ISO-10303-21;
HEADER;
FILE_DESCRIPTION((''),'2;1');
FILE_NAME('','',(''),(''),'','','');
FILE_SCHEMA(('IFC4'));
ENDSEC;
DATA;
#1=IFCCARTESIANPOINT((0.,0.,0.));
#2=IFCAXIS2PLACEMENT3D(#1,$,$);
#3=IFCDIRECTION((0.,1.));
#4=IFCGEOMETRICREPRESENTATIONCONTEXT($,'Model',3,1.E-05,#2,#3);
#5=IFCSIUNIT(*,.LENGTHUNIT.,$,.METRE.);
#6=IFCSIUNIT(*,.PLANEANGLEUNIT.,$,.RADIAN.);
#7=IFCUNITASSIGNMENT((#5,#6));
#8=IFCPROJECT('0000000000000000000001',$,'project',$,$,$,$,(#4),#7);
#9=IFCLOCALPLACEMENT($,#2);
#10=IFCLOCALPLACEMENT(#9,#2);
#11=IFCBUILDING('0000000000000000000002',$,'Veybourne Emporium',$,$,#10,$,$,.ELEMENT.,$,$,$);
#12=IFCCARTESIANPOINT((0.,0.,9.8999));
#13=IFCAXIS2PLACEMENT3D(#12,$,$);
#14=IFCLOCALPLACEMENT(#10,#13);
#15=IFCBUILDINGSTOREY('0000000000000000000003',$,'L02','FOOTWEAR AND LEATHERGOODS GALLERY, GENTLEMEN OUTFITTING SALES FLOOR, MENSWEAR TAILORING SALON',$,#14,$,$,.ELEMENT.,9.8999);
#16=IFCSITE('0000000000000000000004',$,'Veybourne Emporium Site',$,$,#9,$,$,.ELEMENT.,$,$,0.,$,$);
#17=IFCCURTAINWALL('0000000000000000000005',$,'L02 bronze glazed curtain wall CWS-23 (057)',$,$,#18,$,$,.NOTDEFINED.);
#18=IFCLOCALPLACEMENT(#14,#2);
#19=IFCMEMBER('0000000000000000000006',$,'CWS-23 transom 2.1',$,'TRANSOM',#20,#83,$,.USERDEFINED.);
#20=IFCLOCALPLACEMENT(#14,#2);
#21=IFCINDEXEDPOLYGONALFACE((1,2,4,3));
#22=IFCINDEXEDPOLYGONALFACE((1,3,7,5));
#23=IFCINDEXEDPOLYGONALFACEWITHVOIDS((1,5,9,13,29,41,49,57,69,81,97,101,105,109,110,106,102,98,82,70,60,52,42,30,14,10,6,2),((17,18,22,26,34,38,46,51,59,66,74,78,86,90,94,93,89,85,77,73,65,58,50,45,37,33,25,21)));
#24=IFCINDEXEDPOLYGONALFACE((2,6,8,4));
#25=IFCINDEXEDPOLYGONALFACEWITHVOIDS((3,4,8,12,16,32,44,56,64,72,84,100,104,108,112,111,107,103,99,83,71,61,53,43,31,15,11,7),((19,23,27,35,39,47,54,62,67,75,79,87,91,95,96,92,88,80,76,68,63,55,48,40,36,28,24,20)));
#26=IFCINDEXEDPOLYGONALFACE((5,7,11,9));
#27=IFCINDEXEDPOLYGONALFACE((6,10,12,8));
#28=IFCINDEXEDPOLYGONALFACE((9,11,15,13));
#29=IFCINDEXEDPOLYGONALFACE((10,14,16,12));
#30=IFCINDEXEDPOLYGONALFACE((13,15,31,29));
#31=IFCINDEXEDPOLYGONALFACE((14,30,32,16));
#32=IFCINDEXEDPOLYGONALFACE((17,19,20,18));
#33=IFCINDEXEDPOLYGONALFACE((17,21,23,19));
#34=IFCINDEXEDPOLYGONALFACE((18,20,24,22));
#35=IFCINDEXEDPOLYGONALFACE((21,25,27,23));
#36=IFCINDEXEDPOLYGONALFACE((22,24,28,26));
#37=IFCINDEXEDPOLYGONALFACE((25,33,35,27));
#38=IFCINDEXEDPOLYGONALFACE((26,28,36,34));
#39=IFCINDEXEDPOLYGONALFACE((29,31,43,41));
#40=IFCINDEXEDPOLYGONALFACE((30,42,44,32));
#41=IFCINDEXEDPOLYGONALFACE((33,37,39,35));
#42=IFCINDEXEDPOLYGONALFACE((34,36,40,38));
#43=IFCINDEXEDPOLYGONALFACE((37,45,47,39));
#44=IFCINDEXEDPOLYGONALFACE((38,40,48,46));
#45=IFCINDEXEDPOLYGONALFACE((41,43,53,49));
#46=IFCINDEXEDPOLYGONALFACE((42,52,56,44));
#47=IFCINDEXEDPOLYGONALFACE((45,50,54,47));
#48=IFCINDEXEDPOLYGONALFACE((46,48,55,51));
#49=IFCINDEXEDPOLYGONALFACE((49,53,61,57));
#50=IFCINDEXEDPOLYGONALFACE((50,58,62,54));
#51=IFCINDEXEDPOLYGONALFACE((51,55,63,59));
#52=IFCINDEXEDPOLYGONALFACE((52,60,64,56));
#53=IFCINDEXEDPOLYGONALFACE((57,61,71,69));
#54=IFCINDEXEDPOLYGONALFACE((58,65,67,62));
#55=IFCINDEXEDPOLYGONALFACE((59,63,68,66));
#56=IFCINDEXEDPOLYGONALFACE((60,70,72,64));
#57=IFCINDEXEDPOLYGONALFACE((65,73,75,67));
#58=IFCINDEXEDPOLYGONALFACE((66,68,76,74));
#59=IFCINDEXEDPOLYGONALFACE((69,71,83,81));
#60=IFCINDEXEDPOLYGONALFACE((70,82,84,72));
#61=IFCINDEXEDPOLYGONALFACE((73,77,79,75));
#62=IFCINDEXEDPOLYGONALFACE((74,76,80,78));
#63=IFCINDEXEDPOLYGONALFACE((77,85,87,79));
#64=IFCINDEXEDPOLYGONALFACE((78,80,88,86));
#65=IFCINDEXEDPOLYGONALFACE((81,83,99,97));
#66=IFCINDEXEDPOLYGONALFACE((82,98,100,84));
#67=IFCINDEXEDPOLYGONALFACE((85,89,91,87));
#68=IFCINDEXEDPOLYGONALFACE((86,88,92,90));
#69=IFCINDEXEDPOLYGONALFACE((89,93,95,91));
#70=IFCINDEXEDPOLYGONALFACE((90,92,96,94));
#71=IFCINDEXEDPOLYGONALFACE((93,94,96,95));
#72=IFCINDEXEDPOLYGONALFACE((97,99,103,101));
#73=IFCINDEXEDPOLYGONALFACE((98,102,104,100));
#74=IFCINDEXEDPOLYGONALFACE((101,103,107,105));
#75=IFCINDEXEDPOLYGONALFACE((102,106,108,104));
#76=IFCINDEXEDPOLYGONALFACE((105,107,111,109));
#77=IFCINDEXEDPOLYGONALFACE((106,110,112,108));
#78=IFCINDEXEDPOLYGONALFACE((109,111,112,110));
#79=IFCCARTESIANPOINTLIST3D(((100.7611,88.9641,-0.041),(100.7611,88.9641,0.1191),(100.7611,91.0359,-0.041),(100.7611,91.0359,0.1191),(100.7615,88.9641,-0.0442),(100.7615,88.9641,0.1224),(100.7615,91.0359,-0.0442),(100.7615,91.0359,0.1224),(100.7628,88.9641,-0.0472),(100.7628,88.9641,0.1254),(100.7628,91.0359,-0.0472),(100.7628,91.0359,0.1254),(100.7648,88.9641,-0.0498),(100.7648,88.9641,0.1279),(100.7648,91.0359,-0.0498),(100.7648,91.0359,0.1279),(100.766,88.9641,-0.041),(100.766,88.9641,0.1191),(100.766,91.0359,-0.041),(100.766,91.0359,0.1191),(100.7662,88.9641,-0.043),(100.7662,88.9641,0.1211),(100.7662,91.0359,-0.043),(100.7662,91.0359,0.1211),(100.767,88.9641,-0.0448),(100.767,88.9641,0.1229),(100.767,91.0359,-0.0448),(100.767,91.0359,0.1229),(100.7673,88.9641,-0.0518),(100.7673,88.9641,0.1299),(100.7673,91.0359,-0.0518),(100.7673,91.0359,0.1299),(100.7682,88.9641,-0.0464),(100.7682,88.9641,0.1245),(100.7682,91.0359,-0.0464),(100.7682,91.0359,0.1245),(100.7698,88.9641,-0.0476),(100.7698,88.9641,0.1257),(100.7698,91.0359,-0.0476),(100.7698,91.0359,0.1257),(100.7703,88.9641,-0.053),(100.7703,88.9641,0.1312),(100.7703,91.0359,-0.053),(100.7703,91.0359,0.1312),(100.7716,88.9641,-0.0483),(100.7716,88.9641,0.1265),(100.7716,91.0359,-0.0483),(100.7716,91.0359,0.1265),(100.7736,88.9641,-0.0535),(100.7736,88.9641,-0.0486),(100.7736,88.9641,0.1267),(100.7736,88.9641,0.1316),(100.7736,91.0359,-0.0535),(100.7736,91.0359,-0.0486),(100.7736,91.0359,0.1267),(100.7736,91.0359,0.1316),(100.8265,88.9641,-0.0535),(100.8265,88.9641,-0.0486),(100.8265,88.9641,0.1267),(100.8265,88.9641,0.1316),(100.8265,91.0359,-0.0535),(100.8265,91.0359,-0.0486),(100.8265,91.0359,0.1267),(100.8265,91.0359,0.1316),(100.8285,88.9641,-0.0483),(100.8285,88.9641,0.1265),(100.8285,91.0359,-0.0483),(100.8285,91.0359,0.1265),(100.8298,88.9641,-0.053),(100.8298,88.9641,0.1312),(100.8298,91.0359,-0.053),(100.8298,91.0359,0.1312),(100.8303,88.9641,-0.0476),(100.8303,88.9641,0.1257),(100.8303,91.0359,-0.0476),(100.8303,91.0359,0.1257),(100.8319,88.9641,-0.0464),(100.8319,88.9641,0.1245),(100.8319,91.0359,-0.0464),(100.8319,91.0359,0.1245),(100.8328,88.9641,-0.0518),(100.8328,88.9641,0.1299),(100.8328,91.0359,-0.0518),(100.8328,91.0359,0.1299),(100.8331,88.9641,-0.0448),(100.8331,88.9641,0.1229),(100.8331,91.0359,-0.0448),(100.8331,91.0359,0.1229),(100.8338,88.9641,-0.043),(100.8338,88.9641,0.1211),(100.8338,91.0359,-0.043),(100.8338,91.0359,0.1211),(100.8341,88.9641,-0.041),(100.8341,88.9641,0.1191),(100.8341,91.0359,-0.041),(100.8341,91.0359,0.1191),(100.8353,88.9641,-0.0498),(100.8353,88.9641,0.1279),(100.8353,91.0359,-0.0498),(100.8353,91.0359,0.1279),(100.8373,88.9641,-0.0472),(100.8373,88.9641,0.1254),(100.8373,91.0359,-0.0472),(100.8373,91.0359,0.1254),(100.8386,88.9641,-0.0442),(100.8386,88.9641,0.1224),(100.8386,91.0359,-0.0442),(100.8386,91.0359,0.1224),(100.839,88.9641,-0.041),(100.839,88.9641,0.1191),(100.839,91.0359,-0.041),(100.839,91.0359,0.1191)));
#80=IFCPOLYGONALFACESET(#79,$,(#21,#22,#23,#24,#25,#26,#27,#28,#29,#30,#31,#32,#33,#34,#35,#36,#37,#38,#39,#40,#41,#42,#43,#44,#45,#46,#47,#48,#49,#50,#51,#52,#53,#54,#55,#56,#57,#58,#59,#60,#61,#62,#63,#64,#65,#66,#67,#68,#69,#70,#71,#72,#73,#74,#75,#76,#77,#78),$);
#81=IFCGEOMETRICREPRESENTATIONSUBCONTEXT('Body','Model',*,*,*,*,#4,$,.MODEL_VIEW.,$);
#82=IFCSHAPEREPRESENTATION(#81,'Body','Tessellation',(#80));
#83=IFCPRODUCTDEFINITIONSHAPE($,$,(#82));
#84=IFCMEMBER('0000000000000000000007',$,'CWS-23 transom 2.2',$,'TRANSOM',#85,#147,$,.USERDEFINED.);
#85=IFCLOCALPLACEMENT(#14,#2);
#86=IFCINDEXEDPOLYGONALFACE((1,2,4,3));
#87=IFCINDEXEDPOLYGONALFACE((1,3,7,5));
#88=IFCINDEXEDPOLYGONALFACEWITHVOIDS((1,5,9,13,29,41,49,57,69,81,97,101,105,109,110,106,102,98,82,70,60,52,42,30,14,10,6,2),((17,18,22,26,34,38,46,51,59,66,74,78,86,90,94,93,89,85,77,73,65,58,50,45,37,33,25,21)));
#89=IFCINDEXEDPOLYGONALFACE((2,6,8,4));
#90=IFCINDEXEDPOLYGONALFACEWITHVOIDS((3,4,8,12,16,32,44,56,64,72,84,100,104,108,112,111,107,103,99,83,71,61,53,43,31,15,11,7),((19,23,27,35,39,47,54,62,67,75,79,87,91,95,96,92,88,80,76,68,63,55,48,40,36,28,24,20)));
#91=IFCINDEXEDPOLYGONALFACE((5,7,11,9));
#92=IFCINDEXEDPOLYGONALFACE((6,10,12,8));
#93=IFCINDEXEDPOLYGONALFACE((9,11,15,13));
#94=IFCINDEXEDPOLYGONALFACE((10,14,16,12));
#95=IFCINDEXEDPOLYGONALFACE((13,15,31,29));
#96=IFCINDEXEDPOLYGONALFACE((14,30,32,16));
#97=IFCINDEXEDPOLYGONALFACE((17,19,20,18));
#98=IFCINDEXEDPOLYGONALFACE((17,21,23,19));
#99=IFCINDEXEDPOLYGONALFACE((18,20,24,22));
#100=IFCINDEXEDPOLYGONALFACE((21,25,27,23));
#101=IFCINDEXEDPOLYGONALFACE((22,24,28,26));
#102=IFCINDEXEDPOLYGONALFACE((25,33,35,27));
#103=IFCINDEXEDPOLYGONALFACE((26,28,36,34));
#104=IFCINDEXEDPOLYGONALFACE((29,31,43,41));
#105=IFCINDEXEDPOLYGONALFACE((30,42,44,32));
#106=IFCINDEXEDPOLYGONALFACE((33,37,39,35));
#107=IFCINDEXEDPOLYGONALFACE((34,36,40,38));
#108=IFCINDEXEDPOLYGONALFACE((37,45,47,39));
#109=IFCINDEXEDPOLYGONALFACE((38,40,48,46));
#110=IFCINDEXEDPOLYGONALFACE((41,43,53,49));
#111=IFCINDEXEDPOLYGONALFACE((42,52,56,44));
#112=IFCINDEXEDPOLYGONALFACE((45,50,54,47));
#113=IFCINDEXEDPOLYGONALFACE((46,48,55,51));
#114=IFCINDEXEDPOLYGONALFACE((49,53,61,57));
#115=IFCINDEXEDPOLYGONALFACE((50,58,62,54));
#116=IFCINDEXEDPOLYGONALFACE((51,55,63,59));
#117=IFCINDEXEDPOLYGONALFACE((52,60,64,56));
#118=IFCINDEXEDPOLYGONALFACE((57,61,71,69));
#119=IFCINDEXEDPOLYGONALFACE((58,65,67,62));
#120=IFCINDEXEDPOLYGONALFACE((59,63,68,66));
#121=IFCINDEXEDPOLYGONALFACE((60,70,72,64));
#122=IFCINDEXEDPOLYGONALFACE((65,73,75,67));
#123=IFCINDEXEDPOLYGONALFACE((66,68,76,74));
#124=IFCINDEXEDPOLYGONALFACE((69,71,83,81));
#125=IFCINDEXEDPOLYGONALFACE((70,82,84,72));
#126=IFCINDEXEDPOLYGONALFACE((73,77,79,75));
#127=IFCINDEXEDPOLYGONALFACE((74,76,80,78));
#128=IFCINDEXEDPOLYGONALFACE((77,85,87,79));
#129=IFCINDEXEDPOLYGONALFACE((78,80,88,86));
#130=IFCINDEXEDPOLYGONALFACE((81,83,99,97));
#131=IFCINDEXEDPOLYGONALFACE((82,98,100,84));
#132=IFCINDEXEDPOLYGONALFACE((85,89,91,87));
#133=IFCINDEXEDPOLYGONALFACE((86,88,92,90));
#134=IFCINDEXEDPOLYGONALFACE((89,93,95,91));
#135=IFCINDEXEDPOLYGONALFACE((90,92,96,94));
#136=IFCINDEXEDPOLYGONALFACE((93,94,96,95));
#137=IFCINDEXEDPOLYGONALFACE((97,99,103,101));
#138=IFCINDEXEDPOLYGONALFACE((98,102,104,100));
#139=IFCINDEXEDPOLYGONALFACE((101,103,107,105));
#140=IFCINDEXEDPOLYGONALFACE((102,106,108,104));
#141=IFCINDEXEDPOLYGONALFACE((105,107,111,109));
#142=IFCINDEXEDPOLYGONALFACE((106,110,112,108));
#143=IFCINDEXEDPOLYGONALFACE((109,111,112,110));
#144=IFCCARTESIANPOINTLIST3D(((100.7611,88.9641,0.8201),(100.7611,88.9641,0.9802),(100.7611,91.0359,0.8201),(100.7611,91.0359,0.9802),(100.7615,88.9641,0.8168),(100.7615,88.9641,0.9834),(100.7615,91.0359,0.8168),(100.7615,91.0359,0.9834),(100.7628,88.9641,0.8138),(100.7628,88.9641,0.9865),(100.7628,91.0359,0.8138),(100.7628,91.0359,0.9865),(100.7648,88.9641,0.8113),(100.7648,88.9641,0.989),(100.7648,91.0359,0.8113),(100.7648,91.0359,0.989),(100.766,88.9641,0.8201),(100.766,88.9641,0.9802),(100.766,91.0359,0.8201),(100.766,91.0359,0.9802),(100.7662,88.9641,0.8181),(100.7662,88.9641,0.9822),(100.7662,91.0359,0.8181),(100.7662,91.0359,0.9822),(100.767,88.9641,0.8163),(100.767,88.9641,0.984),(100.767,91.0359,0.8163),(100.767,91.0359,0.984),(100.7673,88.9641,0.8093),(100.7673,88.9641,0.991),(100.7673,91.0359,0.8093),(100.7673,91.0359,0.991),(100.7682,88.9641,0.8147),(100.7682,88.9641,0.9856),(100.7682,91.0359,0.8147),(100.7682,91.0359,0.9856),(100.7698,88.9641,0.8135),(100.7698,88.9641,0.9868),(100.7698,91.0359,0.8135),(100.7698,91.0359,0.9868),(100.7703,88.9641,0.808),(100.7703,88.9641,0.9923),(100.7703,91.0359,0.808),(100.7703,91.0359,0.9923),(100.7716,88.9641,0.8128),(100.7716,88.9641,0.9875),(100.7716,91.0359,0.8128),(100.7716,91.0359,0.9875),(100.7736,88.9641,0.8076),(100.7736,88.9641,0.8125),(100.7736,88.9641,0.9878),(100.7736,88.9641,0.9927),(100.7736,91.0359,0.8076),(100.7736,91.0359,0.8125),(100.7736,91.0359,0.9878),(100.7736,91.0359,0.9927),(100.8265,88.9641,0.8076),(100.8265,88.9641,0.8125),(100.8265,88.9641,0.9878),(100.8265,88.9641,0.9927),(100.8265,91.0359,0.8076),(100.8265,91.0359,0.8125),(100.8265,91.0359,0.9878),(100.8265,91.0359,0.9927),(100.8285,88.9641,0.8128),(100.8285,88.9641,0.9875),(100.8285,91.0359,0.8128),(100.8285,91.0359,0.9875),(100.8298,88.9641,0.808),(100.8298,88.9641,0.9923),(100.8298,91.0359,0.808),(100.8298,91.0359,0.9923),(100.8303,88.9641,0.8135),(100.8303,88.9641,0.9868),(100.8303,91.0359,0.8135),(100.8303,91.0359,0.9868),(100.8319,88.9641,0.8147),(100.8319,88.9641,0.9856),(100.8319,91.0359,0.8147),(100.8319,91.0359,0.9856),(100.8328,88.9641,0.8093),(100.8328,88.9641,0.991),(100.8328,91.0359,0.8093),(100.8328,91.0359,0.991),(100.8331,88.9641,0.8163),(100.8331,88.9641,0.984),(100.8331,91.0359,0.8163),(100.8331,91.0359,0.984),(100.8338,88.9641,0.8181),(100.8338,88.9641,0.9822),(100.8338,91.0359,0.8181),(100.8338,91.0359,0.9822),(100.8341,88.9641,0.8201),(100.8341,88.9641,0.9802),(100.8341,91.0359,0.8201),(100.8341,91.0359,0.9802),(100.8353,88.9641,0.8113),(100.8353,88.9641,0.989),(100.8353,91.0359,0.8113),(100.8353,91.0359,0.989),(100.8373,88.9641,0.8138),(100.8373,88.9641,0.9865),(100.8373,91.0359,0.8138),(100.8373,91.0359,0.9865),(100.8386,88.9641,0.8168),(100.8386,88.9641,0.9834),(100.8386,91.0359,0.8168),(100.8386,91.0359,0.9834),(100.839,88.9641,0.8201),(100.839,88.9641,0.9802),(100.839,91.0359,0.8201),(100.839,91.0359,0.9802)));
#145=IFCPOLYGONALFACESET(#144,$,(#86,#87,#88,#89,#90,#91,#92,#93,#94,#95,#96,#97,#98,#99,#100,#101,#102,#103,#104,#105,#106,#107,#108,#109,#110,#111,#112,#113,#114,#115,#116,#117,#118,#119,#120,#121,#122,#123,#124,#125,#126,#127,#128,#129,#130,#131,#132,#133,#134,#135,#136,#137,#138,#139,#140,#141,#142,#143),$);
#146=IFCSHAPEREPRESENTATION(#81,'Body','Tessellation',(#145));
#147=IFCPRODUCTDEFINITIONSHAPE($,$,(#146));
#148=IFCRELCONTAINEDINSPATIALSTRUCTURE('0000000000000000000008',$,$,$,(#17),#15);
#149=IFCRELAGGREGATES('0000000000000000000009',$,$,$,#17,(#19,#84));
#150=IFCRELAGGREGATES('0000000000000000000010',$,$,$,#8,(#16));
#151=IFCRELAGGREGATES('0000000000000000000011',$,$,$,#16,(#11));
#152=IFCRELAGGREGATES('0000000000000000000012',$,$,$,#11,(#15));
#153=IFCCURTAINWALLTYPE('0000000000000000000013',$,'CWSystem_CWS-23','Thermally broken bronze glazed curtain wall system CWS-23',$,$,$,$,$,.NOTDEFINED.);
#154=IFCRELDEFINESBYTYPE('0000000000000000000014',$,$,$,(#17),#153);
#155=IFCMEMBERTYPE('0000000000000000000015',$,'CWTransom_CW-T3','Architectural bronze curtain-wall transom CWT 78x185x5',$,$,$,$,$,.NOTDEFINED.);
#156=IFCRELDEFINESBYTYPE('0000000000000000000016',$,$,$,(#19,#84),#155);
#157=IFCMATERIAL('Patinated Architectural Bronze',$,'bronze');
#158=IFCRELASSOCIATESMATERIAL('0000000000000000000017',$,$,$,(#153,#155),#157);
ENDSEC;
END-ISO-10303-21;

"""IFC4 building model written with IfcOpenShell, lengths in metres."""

from ifc_helpers import new_model, si_unit, direction, frame, origin, origin_2d, place, context, subcontext, project, spatial, hollow_rectangle, extrude, material, material_profile, profile_set, type_object, element, aggregate, save


model = new_model("IFC4")

# Units and contexts
model_context = context("Model", 3, precision=1e-05, world=origin(), true_north=direction((0.0, 1.0)))
body_context = subcontext(model_context, "Body", "Model", "MODEL_VIEW")
ifc_project = project(units=[si_unit("LENGTHUNIT", "METRE"), si_unit("PLANEANGLEUNIT", "RADIAN")], contexts=[model_context])

# Site, building, storey
site_placement = place(None, origin())
site = spatial("IfcSite", under=ifc_project, at=site_placement, Name="Veybourne Emporium Site", CompositionType="ELEMENT", RefElevation=0.0)
building_placement = place(site_placement, origin())
building = spatial("IfcBuilding", under=site, at=building_placement, Name="Veybourne Emporium", CompositionType="ELEMENT")
storey_placement = place(building_placement, frame((0.0, 0.0, 9.8999)))
storey = spatial("IfcBuildingStorey", under=building, at=storey_placement, Name="L02", Description="FOOTWEAR AND LEATHERGOODS GALLERY, GENTLEMEN OUTFITTING SALES FLOOR, MENSWEAR TAILORING SALON", CompositionType="ELEMENT", Elevation=9.8999)

# Curtain wall, members
ifc_material_1 = material(Name="Patinated Architectural Bronze", Category="bronze")
curtain_wall_type = type_object("IfcCurtainWallType", Name="CWSystem_CWS-23", Description="Thermally broken bronze glazed curtain wall system CWS-23", PredefinedType="NOTDEFINED", material=ifc_material_1)
curtain_wall_placement = place(storey_placement, origin())
curtain_wall = element("IfcCurtainWall", 1, at=curtain_wall_placement, inside=storey, type_object=curtain_wall_type, Name="L02 bronze glazed curtain wall CWS-23 (057)", PredefinedType="NOTDEFINED")
ifc_material_profile_1 = material_profile(ifc_material_1, hollow_rectangle(XDim=0.0779, YDim=0.1851, WallThickness=0.0049, InnerFilletRadius=0.0076, OuterFilletRadius=0.0125, at=origin_2d()), Name="CWT 78x185x5")
ifc_profile_set_1 = profile_set([ifc_material_profile_1], Name="Patinated Architectural Bronze")
member_type_1 = type_object("IfcMemberType", Name="CWTransom_CW-T3", Description="Architectural bronze curtain-wall transom CWT 78x185x5", PredefinedType="NOTDEFINED", material=ifc_profile_set_1)
member_1_placement = place(storey_placement, frame((100.8, 91.0359, 0.0391), z_axis=(0.0, -1.0, 0.0), x_axis=(1.0, 0.0, 0.0)))
member_1 = element("IfcMember", 2, at=member_1_placement, type_object=member_type_1, Name="CWS-23 transom 2.1", ObjectType="TRANSOM", PredefinedType="USERDEFINED", context=body_context, shape_type="SweptSolid", body=[
    extrude(hollow_rectangle(XDim=0.0779, YDim=0.1851, WallThickness=0.0049, InnerFilletRadius=0.0076, OuterFilletRadius=0.0125, at=origin_2d()), origin(), (0.0, 0.0, 1.0), 2.0718),
])
member_2_placement = place(storey_placement, frame((100.8, 91.0359, 0.9001), z_axis=(0.0, -1.0, 0.0), x_axis=(1.0, 0.0, 0.0)))
member_2 = element("IfcMember", 3, at=member_2_placement, type_object=member_type_1, Name="CWS-23 transom 2.2", ObjectType="TRANSOM", PredefinedType="USERDEFINED", context=body_context, shape_type="SweptSolid", body=[
    extrude(hollow_rectangle(XDim=0.0779, YDim=0.1851, WallThickness=0.0049, InnerFilletRadius=0.0076, OuterFilletRadius=0.0125, at=origin_2d()), origin(), (0.0, 0.0, 1.0), 2.0718),
])
aggregate(curtain_wall, [member_1, member_2])

save(model, "model.ifc")
